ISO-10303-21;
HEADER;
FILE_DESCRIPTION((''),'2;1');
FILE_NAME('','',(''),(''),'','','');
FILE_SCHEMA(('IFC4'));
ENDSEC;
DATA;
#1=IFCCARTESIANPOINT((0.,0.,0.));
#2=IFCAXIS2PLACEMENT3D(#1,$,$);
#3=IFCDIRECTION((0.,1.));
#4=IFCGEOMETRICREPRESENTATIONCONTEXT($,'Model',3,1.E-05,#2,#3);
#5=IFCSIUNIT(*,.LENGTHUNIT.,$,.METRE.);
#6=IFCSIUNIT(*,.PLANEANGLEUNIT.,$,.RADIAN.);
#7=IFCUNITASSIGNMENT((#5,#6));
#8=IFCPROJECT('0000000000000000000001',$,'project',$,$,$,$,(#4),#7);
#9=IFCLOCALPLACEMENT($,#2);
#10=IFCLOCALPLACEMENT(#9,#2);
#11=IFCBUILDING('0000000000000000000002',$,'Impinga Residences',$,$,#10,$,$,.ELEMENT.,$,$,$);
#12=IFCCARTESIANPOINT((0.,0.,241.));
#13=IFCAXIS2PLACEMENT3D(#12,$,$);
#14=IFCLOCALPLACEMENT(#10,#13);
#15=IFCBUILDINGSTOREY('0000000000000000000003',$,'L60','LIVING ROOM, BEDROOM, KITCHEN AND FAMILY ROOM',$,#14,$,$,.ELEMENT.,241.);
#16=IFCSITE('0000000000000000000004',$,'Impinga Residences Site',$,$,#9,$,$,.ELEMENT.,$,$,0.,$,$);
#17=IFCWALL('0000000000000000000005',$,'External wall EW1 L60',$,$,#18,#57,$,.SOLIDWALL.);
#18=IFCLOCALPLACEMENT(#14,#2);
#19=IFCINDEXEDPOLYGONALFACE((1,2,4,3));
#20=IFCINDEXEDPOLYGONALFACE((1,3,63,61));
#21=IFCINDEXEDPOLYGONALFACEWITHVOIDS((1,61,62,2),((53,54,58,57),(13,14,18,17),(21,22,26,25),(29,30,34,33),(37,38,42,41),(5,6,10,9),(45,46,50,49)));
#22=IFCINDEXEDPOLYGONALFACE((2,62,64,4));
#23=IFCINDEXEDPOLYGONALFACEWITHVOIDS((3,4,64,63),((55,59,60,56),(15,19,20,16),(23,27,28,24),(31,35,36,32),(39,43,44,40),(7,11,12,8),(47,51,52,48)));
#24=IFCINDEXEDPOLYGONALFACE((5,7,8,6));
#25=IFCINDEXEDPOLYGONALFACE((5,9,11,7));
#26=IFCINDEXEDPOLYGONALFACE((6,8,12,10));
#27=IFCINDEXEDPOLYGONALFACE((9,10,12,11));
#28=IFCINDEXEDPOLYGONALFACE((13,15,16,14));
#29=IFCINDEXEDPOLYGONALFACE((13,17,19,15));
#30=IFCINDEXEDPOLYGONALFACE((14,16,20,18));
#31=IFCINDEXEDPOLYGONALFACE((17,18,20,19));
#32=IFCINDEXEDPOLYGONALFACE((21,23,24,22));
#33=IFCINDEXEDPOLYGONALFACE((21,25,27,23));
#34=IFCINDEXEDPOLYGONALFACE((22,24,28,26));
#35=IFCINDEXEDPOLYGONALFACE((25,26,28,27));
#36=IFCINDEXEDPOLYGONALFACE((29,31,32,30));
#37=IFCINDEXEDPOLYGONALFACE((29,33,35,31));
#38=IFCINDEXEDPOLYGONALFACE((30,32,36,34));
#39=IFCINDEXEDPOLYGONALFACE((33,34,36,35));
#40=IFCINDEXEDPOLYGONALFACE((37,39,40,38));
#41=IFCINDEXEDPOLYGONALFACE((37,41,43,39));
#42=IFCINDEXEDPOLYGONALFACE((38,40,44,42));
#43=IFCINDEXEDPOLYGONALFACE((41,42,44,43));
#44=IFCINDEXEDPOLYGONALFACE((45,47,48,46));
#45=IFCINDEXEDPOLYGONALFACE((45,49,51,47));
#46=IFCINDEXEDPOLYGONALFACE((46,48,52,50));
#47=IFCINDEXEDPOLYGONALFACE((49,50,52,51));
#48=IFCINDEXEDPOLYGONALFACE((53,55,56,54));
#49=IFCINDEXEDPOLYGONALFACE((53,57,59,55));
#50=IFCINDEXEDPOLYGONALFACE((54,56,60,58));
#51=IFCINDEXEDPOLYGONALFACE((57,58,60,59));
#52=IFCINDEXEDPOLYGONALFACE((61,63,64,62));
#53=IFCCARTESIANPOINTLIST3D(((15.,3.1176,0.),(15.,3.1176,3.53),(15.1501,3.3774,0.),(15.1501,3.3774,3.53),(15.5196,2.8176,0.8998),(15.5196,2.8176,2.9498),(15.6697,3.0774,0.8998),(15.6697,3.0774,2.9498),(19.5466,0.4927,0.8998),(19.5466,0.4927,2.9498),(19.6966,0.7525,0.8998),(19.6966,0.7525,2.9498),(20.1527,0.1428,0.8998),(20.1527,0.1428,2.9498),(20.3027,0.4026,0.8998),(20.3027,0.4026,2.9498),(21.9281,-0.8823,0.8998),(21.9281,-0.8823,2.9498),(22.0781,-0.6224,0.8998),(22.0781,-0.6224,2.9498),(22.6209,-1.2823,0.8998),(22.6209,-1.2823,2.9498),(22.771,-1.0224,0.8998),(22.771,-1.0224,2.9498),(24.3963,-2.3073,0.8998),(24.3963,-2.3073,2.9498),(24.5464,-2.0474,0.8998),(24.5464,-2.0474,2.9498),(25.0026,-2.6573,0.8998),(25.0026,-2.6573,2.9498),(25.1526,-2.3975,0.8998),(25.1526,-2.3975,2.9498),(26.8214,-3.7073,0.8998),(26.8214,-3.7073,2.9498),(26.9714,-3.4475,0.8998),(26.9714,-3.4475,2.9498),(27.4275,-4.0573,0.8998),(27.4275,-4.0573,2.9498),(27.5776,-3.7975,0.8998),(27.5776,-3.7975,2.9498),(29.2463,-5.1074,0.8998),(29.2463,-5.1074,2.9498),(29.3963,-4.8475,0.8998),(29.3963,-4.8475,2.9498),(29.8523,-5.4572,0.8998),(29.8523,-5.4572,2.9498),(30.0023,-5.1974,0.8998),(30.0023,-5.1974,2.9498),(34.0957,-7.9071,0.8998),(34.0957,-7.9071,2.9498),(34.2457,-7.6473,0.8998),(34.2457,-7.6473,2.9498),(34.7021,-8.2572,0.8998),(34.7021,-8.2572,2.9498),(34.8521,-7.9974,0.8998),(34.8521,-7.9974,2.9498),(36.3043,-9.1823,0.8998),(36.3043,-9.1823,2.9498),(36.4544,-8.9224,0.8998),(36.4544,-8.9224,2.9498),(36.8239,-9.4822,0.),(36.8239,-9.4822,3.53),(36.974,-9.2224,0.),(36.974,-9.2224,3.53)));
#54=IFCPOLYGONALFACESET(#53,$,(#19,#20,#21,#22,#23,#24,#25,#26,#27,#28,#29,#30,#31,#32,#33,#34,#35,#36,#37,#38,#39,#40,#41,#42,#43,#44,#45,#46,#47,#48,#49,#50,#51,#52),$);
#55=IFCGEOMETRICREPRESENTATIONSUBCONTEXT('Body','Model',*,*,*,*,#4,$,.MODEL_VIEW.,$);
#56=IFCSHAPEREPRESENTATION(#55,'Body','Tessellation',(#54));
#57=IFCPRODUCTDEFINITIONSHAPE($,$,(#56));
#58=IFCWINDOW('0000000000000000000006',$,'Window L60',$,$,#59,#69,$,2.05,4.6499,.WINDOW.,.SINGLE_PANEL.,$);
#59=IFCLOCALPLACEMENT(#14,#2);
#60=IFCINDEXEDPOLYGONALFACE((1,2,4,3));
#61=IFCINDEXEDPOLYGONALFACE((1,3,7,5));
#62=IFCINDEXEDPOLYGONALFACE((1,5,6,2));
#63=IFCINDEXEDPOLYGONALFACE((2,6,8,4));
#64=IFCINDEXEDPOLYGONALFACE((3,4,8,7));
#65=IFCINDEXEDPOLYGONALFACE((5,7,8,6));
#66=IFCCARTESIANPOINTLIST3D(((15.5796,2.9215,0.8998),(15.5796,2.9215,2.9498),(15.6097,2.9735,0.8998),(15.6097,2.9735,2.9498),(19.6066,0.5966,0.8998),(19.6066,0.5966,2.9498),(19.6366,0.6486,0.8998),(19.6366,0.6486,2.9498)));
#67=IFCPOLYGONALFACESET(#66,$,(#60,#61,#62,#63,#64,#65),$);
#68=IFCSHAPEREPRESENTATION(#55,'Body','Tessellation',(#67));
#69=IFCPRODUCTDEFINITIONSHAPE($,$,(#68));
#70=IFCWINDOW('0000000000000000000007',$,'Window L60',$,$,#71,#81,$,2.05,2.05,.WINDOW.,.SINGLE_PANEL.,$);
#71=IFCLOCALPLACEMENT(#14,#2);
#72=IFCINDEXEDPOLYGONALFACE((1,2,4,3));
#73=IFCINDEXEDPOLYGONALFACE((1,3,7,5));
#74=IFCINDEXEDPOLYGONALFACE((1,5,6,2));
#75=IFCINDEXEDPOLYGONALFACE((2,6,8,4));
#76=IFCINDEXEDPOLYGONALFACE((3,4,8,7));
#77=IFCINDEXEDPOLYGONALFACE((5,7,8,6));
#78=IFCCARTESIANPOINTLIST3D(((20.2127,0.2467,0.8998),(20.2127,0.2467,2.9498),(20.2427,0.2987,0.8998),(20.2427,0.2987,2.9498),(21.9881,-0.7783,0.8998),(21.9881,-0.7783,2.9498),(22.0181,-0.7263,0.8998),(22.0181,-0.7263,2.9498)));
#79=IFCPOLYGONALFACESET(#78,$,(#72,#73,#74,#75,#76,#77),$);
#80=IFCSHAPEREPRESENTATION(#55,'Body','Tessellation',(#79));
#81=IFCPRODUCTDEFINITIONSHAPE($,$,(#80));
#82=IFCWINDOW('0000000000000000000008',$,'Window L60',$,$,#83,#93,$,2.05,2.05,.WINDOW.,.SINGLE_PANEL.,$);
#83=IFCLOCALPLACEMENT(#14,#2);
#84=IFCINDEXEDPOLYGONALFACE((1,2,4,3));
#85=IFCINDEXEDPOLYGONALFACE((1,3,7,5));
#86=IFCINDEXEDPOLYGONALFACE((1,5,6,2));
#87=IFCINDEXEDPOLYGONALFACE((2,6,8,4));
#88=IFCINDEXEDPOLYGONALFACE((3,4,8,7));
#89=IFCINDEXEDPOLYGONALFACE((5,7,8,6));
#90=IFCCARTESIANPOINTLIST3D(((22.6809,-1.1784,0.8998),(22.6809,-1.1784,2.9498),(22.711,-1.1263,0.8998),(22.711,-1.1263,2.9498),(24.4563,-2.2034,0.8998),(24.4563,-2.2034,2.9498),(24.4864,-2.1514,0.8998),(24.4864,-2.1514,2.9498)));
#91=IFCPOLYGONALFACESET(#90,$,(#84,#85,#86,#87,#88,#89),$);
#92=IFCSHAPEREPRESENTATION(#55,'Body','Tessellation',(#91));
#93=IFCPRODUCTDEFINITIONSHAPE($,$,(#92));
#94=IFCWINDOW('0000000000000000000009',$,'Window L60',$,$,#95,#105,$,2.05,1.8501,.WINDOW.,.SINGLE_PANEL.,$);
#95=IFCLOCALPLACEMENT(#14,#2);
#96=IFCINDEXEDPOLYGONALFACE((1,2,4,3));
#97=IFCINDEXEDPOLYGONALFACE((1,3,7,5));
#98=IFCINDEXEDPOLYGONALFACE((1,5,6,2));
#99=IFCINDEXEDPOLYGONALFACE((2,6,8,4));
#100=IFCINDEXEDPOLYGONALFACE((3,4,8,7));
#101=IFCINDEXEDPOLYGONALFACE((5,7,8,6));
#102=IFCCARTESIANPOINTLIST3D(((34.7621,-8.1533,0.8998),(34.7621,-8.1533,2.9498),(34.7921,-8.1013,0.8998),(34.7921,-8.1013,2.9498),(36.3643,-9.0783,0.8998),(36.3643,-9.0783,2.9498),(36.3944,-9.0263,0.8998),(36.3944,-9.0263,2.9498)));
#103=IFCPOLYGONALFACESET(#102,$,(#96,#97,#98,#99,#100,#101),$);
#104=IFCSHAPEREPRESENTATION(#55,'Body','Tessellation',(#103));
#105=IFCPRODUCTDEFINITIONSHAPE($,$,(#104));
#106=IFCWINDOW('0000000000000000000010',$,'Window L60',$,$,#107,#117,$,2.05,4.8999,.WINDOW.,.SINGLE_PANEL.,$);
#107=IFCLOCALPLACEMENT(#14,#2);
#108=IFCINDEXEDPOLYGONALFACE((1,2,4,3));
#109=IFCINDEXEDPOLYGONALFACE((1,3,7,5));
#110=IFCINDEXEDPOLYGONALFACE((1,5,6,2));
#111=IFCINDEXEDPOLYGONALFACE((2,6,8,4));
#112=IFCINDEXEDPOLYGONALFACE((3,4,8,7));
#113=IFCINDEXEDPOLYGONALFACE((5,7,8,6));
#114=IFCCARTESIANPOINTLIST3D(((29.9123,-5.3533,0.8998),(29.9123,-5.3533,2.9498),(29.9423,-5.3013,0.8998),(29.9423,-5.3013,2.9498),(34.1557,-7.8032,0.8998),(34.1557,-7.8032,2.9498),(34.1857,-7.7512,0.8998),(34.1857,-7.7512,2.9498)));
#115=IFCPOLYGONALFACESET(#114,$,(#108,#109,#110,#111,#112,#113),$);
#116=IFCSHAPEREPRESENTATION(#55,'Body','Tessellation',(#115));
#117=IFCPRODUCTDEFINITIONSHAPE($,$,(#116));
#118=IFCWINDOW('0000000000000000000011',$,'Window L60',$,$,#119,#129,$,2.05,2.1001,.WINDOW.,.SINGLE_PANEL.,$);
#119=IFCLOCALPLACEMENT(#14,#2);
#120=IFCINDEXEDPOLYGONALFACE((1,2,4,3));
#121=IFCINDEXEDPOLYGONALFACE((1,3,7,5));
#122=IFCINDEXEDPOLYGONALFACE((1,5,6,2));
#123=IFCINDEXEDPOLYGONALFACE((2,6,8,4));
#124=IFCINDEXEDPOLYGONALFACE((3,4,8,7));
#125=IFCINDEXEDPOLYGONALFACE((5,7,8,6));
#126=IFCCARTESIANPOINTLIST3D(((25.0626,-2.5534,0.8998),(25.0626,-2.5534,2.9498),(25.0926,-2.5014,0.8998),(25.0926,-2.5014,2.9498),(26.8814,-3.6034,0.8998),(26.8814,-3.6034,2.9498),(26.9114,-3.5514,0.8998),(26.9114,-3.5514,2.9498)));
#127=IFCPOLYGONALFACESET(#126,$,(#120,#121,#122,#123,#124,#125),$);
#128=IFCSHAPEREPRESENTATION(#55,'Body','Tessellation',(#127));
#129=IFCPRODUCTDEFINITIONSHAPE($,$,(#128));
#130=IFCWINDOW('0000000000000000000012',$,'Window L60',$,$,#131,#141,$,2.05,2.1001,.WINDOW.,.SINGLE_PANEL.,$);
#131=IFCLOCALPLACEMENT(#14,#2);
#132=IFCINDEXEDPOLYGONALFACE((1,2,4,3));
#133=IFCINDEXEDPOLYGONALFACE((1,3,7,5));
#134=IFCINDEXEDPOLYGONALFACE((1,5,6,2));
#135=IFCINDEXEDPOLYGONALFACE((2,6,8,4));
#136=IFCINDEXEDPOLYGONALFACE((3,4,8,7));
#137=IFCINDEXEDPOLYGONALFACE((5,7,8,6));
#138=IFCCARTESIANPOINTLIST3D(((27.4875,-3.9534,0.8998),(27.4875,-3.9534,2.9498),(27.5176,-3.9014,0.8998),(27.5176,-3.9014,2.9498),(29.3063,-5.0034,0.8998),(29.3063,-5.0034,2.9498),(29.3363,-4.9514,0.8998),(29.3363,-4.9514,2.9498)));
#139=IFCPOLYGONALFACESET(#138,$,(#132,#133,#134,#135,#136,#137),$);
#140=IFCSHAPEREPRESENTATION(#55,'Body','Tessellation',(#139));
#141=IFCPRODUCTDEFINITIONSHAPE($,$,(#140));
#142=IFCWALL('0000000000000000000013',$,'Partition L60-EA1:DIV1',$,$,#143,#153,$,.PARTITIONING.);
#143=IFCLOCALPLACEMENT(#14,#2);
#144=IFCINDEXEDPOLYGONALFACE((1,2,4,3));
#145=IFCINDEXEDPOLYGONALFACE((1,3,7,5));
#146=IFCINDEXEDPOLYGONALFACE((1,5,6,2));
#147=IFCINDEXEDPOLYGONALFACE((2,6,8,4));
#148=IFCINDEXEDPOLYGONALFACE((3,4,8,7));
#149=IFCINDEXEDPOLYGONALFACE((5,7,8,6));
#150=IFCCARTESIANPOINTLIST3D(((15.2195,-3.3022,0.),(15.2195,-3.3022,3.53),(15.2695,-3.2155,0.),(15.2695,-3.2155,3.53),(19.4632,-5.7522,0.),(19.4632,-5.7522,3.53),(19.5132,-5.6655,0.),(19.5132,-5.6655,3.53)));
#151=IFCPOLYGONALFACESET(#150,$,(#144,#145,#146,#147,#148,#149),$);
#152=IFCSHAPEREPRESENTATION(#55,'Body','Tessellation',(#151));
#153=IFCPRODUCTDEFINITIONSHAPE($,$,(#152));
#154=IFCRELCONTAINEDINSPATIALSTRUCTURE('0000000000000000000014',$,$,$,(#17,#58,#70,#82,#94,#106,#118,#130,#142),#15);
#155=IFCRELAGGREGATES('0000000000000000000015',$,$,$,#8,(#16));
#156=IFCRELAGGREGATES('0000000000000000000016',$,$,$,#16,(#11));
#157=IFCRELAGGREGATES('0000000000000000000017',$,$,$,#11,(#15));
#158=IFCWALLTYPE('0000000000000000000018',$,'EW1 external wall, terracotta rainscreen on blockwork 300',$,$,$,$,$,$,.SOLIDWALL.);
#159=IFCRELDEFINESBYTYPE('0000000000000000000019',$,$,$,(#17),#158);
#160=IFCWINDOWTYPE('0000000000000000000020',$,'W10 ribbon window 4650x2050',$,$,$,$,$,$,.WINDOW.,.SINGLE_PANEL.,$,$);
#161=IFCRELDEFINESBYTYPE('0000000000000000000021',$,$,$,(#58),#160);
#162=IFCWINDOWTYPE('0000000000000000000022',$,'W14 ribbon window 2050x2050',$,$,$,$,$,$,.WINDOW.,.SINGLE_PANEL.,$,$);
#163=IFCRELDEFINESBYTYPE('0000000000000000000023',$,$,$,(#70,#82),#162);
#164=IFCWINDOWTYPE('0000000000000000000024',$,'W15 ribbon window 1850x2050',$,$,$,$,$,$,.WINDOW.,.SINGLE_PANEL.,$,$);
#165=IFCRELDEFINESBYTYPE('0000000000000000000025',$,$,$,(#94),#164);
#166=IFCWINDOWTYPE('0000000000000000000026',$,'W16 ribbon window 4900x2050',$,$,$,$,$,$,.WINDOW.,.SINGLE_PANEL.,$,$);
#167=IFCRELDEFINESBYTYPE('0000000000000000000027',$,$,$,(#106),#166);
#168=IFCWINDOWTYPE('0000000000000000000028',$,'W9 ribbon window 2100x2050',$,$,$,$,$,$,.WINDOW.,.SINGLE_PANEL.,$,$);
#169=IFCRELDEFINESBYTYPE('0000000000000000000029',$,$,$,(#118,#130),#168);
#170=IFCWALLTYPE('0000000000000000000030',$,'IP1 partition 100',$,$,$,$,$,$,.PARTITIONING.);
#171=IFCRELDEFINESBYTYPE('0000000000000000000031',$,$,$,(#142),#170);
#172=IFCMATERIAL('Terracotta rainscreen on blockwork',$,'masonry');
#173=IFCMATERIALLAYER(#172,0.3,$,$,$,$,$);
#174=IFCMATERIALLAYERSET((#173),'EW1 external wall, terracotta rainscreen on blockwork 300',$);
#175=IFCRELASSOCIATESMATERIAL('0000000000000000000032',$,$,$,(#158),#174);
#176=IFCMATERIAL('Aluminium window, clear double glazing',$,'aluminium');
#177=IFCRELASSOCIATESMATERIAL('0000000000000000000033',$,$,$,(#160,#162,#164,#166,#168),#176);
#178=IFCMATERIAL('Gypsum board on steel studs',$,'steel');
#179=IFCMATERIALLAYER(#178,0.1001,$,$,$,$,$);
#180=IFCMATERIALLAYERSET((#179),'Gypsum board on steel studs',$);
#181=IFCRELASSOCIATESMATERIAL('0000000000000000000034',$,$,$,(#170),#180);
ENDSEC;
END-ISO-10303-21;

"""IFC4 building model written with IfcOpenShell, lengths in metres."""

from ifc_helpers import new_model, si_unit, direction, frame, frame_2d, origin, place, context, subcontext, project, spatial, rectangle, extrude, material, layer, layer_set, type_object, element, fill, save


model = new_model("IFC4")

# Units and contexts
model_context = context("Model", 3, precision=1e-05, world=origin(), true_north=direction((0.0, 1.0)))
body_context = subcontext(model_context, "Body", "Model", "MODEL_VIEW")
ifc_project = project(units=[si_unit("LENGTHUNIT", "METRE"), si_unit("PLANEANGLEUNIT", "RADIAN")], contexts=[model_context])

# Site, building, storey
site_placement = place(None, origin())
site = spatial("IfcSite", under=ifc_project, at=site_placement, Name="Impinga Residences Site", CompositionType="ELEMENT", RefElevation=0.0)
building_placement = place(site_placement, origin())
building = spatial("IfcBuilding", under=site, at=building_placement, Name="Impinga Residences", CompositionType="ELEMENT")
storey_placement = place(building_placement, frame((0.0, 0.0, 241.0)))
storey = spatial("IfcBuildingStorey", under=building, at=storey_placement, Name="L60", Description="LIVING ROOM, BEDROOM, KITCHEN AND FAMILY ROOM", CompositionType="ELEMENT", Elevation=241.0)

# Shared definitions
ifc_material_1 = material(Name="Terracotta rainscreen on blockwork", Category="masonry")
ifc_layer_1 = layer(ifc_material_1, 0.3)
ifc_layer_set_1 = layer_set([ifc_layer_1], Name="EW1 external wall, terracotta rainscreen on blockwork 300")
wall_type_1 = type_object("IfcWallType", Name="EW1 external wall, terracotta rainscreen on blockwork 300", PredefinedType="SOLIDWALL", material=ifc_layer_set_1)

# Wall, openings, windows
wall_1_placement = place(storey_placement, frame((15.075, 3.2476, 0.0), z_axis=(0.0, 0.0, 1.0), x_axis=(0.866029, -0.499993, 0.0)))
wall_1 = element("IfcWall", 1, at=wall_1_placement, inside=storey, type_object=wall_type_1, Name="External wall EW1 L60", PredefinedType="SOLIDWALL", context=body_context, shape_type="SweptSolid", body=[
    extrude(rectangle(XDim=25.2, YDim=0.3, at=frame_2d((12.6001, 0.0))), origin(), (0.0, 0.0, 1.0), 3.53),
])
opening_1_placement = place(wall_1_placement, frame((0.6001, 0.0, 0.8999)))
opening_1 = element("IfcOpeningElement", 2, at=opening_1_placement, cuts=wall_1, PredefinedType="OPENING", context=body_context, shape_type="SweptSolid", body=[
    extrude(rectangle(XDim=4.6499, YDim=2.05, at=frame_2d((2.325, 1.0249))), frame((0.0, 0.1599, 0.0), z_axis=(0.0, -1.0, 0.0), x_axis=(1.0, 0.0, 0.0)), (0.0, 0.0, 1.0), 0.3201),
])
opening_2_placement = place(wall_1_placement, frame((5.95, 0.0, 0.8999)))
opening_2 = element("IfcOpeningElement", 3, at=opening_2_placement, cuts=wall_1, PredefinedType="OPENING", context=body_context, shape_type="SweptSolid", body=[
    extrude(rectangle(XDim=2.05, YDim=2.05, at=frame_2d((1.0249, 1.0249))), frame((0.0, 0.1599, 0.0), z_axis=(0.0, -1.0, 0.0), x_axis=(1.0, 0.0, 0.0)), (0.0, 0.0, 1.0), 0.3201),
])
opening_3_placement = place(wall_1_placement, frame((8.8, 0.0, 0.8999)))
opening_3 = element("IfcOpeningElement", 4, at=opening_3_placement, cuts=wall_1, PredefinedType="OPENING", context=body_context, shape_type="SweptSolid", body=[
    extrude(rectangle(XDim=2.05, YDim=2.05, at=frame_2d((1.0249, 1.0249))), frame((0.0, 0.1599, 0.0), z_axis=(0.0, -1.0, 0.0), x_axis=(1.0, 0.0, 0.0)), (0.0, 0.0, 1.0), 0.3201),
])
opening_4_placement = place(wall_1_placement, frame((11.55, 0.0, 0.8999)))
opening_4 = element("IfcOpeningElement", 5, at=opening_4_placement, cuts=wall_1, PredefinedType="OPENING", context=body_context, shape_type="SweptSolid", body=[
    extrude(rectangle(XDim=2.1001, YDim=2.05, at=frame_2d((1.05, 1.0249))), frame((0.0, 0.1599, 0.0), z_axis=(0.0, -1.0, 0.0), x_axis=(1.0, 0.0, 0.0)), (0.0, 0.0, 1.0), 0.3201),
])
opening_5_placement = place(wall_1_placement, frame((14.3501, 0.0, 0.8999)))
opening_5 = element("IfcOpeningElement", 6, at=opening_5_placement, cuts=wall_1, PredefinedType="OPENING", context=body_context, shape_type="SweptSolid", body=[
    extrude(rectangle(XDim=2.1001, YDim=2.05, at=frame_2d((1.05, 1.0249))), frame((0.0, 0.1599, 0.0), z_axis=(0.0, -1.0, 0.0), x_axis=(1.0, 0.0, 0.0)), (0.0, 0.0, 1.0), 0.3201),
])
opening_6_placement = place(wall_1_placement, frame((17.1499, 0.0, 0.8999)))
opening_6 = element("IfcOpeningElement", 7, at=opening_6_placement, cuts=wall_1, PredefinedType="OPENING", context=body_context, shape_type="SweptSolid", body=[
    extrude(rectangle(XDim=4.8999, YDim=2.05, at=frame_2d((2.45, 1.0249))), frame((0.0, 0.1599, 0.0), z_axis=(0.0, -1.0, 0.0), x_axis=(1.0, 0.0, 0.0)), (0.0, 0.0, 1.0), 0.3201),
])
opening_7_placement = place(wall_1_placement, frame((22.75, 0.0, 0.8999)))
opening_7 = element("IfcOpeningElement", 8, at=opening_7_placement, cuts=wall_1, PredefinedType="OPENING", context=body_context, shape_type="SweptSolid", body=[
    extrude(rectangle(XDim=1.8501, YDim=2.05, at=frame_2d((0.925, 1.0249))), frame((0.0, 0.1599, 0.0), z_axis=(0.0, -1.0, 0.0), x_axis=(1.0, 0.0, 0.0)), (0.0, 0.0, 1.0), 0.3201),
])
ifc_material_2 = material(Name="Aluminium window, clear double glazing", Category="aluminium")
window_type_1 = type_object("IfcWindowType", Name="W10 ribbon window 4650x2050", PartitioningType="SINGLE_PANEL", PredefinedType="WINDOW", material=ifc_material_2)
window_1_placement = place(opening_1_placement, origin())
window_1 = element("IfcWindow", 9, at=window_1_placement, inside=storey, type_object=window_type_1, Name="Window L60", OverallHeight=2.05, OverallWidth=4.6499, PartitioningType="SINGLE_PANEL", PredefinedType="WINDOW", context=body_context, shape_type="SweptSolid", body=[
    extrude(rectangle(XDim=4.6499, YDim=2.05, at=frame_2d((2.325, 1.0249))), frame((0.0, 0.03, 0.0), z_axis=(0.0, -1.0, 0.0), x_axis=(1.0, 0.0, 0.0)), (0.0, 0.0, 1.0), 0.0601),
])
fill(opening_1, window_1)
window_type_2 = type_object("IfcWindowType", Name="W14 ribbon window 2050x2050", PartitioningType="SINGLE_PANEL", PredefinedType="WINDOW", material=ifc_material_2)
window_2_placement = place(opening_2_placement, origin())
window_2 = element("IfcWindow", 10, at=window_2_placement, inside=storey, type_object=window_type_2, Name="Window L60", OverallHeight=2.05, OverallWidth=2.05, PartitioningType="SINGLE_PANEL", PredefinedType="WINDOW", context=body_context, shape_type="SweptSolid", body=[
    extrude(rectangle(XDim=2.05, YDim=2.05, at=frame_2d((1.0249, 1.0249))), frame((0.0, 0.03, 0.0), z_axis=(0.0, -1.0, 0.0), x_axis=(1.0, 0.0, 0.0)), (0.0, 0.0, 1.0), 0.0601),
])
fill(opening_2, window_2)
window_3_placement = place(opening_3_placement, origin())
window_3 = element("IfcWindow", 11, at=window_3_placement, inside=storey, type_object=window_type_2, Name="Window L60", OverallHeight=2.05, OverallWidth=2.05, PartitioningType="SINGLE_PANEL", PredefinedType="WINDOW", context=body_context, shape_type="SweptSolid", body=[
    extrude(rectangle(XDim=2.05, YDim=2.05, at=frame_2d((1.0249, 1.0249))), frame((0.0, 0.03, 0.0), z_axis=(0.0, -1.0, 0.0), x_axis=(1.0, 0.0, 0.0)), (0.0, 0.0, 1.0), 0.0601),
])
fill(opening_3, window_3)
window_type_3 = type_object("IfcWindowType", Name="W15 ribbon window 1850x2050", PartitioningType="SINGLE_PANEL", PredefinedType="WINDOW", material=ifc_material_2)
window_4_placement = place(opening_7_placement, origin())
window_4 = element("IfcWindow", 12, at=window_4_placement, inside=storey, type_object=window_type_3, Name="Window L60", OverallHeight=2.05, OverallWidth=1.8501, PartitioningType="SINGLE_PANEL", PredefinedType="WINDOW", context=body_context, shape_type="SweptSolid", body=[
    extrude(rectangle(XDim=1.8501, YDim=2.05, at=frame_2d((0.925, 1.0249))), frame((0.0, 0.03, 0.0), z_axis=(0.0, -1.0, 0.0), x_axis=(1.0, 0.0, 0.0)), (0.0, 0.0, 1.0), 0.0601),
])
fill(opening_7, window_4)
window_type_4 = type_object("IfcWindowType", Name="W16 ribbon window 4900x2050", PartitioningType="SINGLE_PANEL", PredefinedType="WINDOW", material=ifc_material_2)
window_5_placement = place(opening_6_placement, origin())
window_5 = element("IfcWindow", 13, at=window_5_placement, inside=storey, type_object=window_type_4, Name="Window L60", OverallHeight=2.05, OverallWidth=4.8999, PartitioningType="SINGLE_PANEL", PredefinedType="WINDOW", context=body_context, shape_type="SweptSolid", body=[
    extrude(rectangle(XDim=4.8999, YDim=2.05, at=frame_2d((2.45, 1.0249))), frame((0.0, 0.03, 0.0), z_axis=(0.0, -1.0, 0.0), x_axis=(1.0, 0.0, 0.0)), (0.0, 0.0, 1.0), 0.0601),
])
fill(opening_6, window_5)
window_type_5 = type_object("IfcWindowType", Name="W9 ribbon window 2100x2050", PartitioningType="SINGLE_PANEL", PredefinedType="WINDOW", material=ifc_material_2)
window_6_placement = place(opening_4_placement, origin())
window_6 = element("IfcWindow", 14, at=window_6_placement, inside=storey, type_object=window_type_5, Name="Window L60", OverallHeight=2.05, OverallWidth=2.1001, PartitioningType="SINGLE_PANEL", PredefinedType="WINDOW", context=body_context, shape_type="SweptSolid", body=[
    extrude(rectangle(XDim=2.1001, YDim=2.05, at=frame_2d((1.05, 1.0249))), frame((0.0, 0.03, 0.0), z_axis=(0.0, -1.0, 0.0), x_axis=(1.0, 0.0, 0.0)), (0.0, 0.0, 1.0), 0.0601),
])
fill(opening_4, window_6)
window_7_placement = place(opening_5_placement, origin())
window_7 = element("IfcWindow", 15, at=window_7_placement, inside=storey, type_object=window_type_5, Name="Window L60", OverallHeight=2.05, OverallWidth=2.1001, PartitioningType="SINGLE_PANEL", PredefinedType="WINDOW", context=body_context, shape_type="SweptSolid", body=[
    extrude(rectangle(XDim=2.1001, YDim=2.05, at=frame_2d((1.05, 1.0249))), frame((0.0, 0.03, 0.0), z_axis=(0.0, -1.0, 0.0), x_axis=(1.0, 0.0, 0.0)), (0.0, 0.0, 1.0), 0.0601),
])
fill(opening_5, window_7)

# Wall
ifc_material_3 = material(Name="Gypsum board on steel studs", Category="steel")
ifc_layer_2 = layer(ifc_material_3, 0.1001)
ifc_layer_set_2 = layer_set([ifc_layer_2], Name="Gypsum board on steel studs")
wall_type_2 = type_object("IfcWallType", Name="IP1 partition 100", PredefinedType="PARTITIONING", material=ifc_layer_set_2)
wall_2_placement = place(storey_placement, frame((15.2444, -3.2588, 0.0), z_axis=(0.0, 0.0, 1.0), x_axis=(0.866036, -0.499981, 0.0)))
element("IfcWall", 16, at=wall_2_placement, inside=storey, type_object=wall_type_2, Name="Partition L60-EA1:DIV1", PredefinedType="PARTITIONING", context=body_context, shape_type="SweptSolid", body=[
    extrude(rectangle(XDim=4.9001, YDim=0.1001, at=frame_2d((2.4502, 0.0))), origin(), (0.0, 0.0, 1.0), 3.53),
])

save(model, "model.ifc")
